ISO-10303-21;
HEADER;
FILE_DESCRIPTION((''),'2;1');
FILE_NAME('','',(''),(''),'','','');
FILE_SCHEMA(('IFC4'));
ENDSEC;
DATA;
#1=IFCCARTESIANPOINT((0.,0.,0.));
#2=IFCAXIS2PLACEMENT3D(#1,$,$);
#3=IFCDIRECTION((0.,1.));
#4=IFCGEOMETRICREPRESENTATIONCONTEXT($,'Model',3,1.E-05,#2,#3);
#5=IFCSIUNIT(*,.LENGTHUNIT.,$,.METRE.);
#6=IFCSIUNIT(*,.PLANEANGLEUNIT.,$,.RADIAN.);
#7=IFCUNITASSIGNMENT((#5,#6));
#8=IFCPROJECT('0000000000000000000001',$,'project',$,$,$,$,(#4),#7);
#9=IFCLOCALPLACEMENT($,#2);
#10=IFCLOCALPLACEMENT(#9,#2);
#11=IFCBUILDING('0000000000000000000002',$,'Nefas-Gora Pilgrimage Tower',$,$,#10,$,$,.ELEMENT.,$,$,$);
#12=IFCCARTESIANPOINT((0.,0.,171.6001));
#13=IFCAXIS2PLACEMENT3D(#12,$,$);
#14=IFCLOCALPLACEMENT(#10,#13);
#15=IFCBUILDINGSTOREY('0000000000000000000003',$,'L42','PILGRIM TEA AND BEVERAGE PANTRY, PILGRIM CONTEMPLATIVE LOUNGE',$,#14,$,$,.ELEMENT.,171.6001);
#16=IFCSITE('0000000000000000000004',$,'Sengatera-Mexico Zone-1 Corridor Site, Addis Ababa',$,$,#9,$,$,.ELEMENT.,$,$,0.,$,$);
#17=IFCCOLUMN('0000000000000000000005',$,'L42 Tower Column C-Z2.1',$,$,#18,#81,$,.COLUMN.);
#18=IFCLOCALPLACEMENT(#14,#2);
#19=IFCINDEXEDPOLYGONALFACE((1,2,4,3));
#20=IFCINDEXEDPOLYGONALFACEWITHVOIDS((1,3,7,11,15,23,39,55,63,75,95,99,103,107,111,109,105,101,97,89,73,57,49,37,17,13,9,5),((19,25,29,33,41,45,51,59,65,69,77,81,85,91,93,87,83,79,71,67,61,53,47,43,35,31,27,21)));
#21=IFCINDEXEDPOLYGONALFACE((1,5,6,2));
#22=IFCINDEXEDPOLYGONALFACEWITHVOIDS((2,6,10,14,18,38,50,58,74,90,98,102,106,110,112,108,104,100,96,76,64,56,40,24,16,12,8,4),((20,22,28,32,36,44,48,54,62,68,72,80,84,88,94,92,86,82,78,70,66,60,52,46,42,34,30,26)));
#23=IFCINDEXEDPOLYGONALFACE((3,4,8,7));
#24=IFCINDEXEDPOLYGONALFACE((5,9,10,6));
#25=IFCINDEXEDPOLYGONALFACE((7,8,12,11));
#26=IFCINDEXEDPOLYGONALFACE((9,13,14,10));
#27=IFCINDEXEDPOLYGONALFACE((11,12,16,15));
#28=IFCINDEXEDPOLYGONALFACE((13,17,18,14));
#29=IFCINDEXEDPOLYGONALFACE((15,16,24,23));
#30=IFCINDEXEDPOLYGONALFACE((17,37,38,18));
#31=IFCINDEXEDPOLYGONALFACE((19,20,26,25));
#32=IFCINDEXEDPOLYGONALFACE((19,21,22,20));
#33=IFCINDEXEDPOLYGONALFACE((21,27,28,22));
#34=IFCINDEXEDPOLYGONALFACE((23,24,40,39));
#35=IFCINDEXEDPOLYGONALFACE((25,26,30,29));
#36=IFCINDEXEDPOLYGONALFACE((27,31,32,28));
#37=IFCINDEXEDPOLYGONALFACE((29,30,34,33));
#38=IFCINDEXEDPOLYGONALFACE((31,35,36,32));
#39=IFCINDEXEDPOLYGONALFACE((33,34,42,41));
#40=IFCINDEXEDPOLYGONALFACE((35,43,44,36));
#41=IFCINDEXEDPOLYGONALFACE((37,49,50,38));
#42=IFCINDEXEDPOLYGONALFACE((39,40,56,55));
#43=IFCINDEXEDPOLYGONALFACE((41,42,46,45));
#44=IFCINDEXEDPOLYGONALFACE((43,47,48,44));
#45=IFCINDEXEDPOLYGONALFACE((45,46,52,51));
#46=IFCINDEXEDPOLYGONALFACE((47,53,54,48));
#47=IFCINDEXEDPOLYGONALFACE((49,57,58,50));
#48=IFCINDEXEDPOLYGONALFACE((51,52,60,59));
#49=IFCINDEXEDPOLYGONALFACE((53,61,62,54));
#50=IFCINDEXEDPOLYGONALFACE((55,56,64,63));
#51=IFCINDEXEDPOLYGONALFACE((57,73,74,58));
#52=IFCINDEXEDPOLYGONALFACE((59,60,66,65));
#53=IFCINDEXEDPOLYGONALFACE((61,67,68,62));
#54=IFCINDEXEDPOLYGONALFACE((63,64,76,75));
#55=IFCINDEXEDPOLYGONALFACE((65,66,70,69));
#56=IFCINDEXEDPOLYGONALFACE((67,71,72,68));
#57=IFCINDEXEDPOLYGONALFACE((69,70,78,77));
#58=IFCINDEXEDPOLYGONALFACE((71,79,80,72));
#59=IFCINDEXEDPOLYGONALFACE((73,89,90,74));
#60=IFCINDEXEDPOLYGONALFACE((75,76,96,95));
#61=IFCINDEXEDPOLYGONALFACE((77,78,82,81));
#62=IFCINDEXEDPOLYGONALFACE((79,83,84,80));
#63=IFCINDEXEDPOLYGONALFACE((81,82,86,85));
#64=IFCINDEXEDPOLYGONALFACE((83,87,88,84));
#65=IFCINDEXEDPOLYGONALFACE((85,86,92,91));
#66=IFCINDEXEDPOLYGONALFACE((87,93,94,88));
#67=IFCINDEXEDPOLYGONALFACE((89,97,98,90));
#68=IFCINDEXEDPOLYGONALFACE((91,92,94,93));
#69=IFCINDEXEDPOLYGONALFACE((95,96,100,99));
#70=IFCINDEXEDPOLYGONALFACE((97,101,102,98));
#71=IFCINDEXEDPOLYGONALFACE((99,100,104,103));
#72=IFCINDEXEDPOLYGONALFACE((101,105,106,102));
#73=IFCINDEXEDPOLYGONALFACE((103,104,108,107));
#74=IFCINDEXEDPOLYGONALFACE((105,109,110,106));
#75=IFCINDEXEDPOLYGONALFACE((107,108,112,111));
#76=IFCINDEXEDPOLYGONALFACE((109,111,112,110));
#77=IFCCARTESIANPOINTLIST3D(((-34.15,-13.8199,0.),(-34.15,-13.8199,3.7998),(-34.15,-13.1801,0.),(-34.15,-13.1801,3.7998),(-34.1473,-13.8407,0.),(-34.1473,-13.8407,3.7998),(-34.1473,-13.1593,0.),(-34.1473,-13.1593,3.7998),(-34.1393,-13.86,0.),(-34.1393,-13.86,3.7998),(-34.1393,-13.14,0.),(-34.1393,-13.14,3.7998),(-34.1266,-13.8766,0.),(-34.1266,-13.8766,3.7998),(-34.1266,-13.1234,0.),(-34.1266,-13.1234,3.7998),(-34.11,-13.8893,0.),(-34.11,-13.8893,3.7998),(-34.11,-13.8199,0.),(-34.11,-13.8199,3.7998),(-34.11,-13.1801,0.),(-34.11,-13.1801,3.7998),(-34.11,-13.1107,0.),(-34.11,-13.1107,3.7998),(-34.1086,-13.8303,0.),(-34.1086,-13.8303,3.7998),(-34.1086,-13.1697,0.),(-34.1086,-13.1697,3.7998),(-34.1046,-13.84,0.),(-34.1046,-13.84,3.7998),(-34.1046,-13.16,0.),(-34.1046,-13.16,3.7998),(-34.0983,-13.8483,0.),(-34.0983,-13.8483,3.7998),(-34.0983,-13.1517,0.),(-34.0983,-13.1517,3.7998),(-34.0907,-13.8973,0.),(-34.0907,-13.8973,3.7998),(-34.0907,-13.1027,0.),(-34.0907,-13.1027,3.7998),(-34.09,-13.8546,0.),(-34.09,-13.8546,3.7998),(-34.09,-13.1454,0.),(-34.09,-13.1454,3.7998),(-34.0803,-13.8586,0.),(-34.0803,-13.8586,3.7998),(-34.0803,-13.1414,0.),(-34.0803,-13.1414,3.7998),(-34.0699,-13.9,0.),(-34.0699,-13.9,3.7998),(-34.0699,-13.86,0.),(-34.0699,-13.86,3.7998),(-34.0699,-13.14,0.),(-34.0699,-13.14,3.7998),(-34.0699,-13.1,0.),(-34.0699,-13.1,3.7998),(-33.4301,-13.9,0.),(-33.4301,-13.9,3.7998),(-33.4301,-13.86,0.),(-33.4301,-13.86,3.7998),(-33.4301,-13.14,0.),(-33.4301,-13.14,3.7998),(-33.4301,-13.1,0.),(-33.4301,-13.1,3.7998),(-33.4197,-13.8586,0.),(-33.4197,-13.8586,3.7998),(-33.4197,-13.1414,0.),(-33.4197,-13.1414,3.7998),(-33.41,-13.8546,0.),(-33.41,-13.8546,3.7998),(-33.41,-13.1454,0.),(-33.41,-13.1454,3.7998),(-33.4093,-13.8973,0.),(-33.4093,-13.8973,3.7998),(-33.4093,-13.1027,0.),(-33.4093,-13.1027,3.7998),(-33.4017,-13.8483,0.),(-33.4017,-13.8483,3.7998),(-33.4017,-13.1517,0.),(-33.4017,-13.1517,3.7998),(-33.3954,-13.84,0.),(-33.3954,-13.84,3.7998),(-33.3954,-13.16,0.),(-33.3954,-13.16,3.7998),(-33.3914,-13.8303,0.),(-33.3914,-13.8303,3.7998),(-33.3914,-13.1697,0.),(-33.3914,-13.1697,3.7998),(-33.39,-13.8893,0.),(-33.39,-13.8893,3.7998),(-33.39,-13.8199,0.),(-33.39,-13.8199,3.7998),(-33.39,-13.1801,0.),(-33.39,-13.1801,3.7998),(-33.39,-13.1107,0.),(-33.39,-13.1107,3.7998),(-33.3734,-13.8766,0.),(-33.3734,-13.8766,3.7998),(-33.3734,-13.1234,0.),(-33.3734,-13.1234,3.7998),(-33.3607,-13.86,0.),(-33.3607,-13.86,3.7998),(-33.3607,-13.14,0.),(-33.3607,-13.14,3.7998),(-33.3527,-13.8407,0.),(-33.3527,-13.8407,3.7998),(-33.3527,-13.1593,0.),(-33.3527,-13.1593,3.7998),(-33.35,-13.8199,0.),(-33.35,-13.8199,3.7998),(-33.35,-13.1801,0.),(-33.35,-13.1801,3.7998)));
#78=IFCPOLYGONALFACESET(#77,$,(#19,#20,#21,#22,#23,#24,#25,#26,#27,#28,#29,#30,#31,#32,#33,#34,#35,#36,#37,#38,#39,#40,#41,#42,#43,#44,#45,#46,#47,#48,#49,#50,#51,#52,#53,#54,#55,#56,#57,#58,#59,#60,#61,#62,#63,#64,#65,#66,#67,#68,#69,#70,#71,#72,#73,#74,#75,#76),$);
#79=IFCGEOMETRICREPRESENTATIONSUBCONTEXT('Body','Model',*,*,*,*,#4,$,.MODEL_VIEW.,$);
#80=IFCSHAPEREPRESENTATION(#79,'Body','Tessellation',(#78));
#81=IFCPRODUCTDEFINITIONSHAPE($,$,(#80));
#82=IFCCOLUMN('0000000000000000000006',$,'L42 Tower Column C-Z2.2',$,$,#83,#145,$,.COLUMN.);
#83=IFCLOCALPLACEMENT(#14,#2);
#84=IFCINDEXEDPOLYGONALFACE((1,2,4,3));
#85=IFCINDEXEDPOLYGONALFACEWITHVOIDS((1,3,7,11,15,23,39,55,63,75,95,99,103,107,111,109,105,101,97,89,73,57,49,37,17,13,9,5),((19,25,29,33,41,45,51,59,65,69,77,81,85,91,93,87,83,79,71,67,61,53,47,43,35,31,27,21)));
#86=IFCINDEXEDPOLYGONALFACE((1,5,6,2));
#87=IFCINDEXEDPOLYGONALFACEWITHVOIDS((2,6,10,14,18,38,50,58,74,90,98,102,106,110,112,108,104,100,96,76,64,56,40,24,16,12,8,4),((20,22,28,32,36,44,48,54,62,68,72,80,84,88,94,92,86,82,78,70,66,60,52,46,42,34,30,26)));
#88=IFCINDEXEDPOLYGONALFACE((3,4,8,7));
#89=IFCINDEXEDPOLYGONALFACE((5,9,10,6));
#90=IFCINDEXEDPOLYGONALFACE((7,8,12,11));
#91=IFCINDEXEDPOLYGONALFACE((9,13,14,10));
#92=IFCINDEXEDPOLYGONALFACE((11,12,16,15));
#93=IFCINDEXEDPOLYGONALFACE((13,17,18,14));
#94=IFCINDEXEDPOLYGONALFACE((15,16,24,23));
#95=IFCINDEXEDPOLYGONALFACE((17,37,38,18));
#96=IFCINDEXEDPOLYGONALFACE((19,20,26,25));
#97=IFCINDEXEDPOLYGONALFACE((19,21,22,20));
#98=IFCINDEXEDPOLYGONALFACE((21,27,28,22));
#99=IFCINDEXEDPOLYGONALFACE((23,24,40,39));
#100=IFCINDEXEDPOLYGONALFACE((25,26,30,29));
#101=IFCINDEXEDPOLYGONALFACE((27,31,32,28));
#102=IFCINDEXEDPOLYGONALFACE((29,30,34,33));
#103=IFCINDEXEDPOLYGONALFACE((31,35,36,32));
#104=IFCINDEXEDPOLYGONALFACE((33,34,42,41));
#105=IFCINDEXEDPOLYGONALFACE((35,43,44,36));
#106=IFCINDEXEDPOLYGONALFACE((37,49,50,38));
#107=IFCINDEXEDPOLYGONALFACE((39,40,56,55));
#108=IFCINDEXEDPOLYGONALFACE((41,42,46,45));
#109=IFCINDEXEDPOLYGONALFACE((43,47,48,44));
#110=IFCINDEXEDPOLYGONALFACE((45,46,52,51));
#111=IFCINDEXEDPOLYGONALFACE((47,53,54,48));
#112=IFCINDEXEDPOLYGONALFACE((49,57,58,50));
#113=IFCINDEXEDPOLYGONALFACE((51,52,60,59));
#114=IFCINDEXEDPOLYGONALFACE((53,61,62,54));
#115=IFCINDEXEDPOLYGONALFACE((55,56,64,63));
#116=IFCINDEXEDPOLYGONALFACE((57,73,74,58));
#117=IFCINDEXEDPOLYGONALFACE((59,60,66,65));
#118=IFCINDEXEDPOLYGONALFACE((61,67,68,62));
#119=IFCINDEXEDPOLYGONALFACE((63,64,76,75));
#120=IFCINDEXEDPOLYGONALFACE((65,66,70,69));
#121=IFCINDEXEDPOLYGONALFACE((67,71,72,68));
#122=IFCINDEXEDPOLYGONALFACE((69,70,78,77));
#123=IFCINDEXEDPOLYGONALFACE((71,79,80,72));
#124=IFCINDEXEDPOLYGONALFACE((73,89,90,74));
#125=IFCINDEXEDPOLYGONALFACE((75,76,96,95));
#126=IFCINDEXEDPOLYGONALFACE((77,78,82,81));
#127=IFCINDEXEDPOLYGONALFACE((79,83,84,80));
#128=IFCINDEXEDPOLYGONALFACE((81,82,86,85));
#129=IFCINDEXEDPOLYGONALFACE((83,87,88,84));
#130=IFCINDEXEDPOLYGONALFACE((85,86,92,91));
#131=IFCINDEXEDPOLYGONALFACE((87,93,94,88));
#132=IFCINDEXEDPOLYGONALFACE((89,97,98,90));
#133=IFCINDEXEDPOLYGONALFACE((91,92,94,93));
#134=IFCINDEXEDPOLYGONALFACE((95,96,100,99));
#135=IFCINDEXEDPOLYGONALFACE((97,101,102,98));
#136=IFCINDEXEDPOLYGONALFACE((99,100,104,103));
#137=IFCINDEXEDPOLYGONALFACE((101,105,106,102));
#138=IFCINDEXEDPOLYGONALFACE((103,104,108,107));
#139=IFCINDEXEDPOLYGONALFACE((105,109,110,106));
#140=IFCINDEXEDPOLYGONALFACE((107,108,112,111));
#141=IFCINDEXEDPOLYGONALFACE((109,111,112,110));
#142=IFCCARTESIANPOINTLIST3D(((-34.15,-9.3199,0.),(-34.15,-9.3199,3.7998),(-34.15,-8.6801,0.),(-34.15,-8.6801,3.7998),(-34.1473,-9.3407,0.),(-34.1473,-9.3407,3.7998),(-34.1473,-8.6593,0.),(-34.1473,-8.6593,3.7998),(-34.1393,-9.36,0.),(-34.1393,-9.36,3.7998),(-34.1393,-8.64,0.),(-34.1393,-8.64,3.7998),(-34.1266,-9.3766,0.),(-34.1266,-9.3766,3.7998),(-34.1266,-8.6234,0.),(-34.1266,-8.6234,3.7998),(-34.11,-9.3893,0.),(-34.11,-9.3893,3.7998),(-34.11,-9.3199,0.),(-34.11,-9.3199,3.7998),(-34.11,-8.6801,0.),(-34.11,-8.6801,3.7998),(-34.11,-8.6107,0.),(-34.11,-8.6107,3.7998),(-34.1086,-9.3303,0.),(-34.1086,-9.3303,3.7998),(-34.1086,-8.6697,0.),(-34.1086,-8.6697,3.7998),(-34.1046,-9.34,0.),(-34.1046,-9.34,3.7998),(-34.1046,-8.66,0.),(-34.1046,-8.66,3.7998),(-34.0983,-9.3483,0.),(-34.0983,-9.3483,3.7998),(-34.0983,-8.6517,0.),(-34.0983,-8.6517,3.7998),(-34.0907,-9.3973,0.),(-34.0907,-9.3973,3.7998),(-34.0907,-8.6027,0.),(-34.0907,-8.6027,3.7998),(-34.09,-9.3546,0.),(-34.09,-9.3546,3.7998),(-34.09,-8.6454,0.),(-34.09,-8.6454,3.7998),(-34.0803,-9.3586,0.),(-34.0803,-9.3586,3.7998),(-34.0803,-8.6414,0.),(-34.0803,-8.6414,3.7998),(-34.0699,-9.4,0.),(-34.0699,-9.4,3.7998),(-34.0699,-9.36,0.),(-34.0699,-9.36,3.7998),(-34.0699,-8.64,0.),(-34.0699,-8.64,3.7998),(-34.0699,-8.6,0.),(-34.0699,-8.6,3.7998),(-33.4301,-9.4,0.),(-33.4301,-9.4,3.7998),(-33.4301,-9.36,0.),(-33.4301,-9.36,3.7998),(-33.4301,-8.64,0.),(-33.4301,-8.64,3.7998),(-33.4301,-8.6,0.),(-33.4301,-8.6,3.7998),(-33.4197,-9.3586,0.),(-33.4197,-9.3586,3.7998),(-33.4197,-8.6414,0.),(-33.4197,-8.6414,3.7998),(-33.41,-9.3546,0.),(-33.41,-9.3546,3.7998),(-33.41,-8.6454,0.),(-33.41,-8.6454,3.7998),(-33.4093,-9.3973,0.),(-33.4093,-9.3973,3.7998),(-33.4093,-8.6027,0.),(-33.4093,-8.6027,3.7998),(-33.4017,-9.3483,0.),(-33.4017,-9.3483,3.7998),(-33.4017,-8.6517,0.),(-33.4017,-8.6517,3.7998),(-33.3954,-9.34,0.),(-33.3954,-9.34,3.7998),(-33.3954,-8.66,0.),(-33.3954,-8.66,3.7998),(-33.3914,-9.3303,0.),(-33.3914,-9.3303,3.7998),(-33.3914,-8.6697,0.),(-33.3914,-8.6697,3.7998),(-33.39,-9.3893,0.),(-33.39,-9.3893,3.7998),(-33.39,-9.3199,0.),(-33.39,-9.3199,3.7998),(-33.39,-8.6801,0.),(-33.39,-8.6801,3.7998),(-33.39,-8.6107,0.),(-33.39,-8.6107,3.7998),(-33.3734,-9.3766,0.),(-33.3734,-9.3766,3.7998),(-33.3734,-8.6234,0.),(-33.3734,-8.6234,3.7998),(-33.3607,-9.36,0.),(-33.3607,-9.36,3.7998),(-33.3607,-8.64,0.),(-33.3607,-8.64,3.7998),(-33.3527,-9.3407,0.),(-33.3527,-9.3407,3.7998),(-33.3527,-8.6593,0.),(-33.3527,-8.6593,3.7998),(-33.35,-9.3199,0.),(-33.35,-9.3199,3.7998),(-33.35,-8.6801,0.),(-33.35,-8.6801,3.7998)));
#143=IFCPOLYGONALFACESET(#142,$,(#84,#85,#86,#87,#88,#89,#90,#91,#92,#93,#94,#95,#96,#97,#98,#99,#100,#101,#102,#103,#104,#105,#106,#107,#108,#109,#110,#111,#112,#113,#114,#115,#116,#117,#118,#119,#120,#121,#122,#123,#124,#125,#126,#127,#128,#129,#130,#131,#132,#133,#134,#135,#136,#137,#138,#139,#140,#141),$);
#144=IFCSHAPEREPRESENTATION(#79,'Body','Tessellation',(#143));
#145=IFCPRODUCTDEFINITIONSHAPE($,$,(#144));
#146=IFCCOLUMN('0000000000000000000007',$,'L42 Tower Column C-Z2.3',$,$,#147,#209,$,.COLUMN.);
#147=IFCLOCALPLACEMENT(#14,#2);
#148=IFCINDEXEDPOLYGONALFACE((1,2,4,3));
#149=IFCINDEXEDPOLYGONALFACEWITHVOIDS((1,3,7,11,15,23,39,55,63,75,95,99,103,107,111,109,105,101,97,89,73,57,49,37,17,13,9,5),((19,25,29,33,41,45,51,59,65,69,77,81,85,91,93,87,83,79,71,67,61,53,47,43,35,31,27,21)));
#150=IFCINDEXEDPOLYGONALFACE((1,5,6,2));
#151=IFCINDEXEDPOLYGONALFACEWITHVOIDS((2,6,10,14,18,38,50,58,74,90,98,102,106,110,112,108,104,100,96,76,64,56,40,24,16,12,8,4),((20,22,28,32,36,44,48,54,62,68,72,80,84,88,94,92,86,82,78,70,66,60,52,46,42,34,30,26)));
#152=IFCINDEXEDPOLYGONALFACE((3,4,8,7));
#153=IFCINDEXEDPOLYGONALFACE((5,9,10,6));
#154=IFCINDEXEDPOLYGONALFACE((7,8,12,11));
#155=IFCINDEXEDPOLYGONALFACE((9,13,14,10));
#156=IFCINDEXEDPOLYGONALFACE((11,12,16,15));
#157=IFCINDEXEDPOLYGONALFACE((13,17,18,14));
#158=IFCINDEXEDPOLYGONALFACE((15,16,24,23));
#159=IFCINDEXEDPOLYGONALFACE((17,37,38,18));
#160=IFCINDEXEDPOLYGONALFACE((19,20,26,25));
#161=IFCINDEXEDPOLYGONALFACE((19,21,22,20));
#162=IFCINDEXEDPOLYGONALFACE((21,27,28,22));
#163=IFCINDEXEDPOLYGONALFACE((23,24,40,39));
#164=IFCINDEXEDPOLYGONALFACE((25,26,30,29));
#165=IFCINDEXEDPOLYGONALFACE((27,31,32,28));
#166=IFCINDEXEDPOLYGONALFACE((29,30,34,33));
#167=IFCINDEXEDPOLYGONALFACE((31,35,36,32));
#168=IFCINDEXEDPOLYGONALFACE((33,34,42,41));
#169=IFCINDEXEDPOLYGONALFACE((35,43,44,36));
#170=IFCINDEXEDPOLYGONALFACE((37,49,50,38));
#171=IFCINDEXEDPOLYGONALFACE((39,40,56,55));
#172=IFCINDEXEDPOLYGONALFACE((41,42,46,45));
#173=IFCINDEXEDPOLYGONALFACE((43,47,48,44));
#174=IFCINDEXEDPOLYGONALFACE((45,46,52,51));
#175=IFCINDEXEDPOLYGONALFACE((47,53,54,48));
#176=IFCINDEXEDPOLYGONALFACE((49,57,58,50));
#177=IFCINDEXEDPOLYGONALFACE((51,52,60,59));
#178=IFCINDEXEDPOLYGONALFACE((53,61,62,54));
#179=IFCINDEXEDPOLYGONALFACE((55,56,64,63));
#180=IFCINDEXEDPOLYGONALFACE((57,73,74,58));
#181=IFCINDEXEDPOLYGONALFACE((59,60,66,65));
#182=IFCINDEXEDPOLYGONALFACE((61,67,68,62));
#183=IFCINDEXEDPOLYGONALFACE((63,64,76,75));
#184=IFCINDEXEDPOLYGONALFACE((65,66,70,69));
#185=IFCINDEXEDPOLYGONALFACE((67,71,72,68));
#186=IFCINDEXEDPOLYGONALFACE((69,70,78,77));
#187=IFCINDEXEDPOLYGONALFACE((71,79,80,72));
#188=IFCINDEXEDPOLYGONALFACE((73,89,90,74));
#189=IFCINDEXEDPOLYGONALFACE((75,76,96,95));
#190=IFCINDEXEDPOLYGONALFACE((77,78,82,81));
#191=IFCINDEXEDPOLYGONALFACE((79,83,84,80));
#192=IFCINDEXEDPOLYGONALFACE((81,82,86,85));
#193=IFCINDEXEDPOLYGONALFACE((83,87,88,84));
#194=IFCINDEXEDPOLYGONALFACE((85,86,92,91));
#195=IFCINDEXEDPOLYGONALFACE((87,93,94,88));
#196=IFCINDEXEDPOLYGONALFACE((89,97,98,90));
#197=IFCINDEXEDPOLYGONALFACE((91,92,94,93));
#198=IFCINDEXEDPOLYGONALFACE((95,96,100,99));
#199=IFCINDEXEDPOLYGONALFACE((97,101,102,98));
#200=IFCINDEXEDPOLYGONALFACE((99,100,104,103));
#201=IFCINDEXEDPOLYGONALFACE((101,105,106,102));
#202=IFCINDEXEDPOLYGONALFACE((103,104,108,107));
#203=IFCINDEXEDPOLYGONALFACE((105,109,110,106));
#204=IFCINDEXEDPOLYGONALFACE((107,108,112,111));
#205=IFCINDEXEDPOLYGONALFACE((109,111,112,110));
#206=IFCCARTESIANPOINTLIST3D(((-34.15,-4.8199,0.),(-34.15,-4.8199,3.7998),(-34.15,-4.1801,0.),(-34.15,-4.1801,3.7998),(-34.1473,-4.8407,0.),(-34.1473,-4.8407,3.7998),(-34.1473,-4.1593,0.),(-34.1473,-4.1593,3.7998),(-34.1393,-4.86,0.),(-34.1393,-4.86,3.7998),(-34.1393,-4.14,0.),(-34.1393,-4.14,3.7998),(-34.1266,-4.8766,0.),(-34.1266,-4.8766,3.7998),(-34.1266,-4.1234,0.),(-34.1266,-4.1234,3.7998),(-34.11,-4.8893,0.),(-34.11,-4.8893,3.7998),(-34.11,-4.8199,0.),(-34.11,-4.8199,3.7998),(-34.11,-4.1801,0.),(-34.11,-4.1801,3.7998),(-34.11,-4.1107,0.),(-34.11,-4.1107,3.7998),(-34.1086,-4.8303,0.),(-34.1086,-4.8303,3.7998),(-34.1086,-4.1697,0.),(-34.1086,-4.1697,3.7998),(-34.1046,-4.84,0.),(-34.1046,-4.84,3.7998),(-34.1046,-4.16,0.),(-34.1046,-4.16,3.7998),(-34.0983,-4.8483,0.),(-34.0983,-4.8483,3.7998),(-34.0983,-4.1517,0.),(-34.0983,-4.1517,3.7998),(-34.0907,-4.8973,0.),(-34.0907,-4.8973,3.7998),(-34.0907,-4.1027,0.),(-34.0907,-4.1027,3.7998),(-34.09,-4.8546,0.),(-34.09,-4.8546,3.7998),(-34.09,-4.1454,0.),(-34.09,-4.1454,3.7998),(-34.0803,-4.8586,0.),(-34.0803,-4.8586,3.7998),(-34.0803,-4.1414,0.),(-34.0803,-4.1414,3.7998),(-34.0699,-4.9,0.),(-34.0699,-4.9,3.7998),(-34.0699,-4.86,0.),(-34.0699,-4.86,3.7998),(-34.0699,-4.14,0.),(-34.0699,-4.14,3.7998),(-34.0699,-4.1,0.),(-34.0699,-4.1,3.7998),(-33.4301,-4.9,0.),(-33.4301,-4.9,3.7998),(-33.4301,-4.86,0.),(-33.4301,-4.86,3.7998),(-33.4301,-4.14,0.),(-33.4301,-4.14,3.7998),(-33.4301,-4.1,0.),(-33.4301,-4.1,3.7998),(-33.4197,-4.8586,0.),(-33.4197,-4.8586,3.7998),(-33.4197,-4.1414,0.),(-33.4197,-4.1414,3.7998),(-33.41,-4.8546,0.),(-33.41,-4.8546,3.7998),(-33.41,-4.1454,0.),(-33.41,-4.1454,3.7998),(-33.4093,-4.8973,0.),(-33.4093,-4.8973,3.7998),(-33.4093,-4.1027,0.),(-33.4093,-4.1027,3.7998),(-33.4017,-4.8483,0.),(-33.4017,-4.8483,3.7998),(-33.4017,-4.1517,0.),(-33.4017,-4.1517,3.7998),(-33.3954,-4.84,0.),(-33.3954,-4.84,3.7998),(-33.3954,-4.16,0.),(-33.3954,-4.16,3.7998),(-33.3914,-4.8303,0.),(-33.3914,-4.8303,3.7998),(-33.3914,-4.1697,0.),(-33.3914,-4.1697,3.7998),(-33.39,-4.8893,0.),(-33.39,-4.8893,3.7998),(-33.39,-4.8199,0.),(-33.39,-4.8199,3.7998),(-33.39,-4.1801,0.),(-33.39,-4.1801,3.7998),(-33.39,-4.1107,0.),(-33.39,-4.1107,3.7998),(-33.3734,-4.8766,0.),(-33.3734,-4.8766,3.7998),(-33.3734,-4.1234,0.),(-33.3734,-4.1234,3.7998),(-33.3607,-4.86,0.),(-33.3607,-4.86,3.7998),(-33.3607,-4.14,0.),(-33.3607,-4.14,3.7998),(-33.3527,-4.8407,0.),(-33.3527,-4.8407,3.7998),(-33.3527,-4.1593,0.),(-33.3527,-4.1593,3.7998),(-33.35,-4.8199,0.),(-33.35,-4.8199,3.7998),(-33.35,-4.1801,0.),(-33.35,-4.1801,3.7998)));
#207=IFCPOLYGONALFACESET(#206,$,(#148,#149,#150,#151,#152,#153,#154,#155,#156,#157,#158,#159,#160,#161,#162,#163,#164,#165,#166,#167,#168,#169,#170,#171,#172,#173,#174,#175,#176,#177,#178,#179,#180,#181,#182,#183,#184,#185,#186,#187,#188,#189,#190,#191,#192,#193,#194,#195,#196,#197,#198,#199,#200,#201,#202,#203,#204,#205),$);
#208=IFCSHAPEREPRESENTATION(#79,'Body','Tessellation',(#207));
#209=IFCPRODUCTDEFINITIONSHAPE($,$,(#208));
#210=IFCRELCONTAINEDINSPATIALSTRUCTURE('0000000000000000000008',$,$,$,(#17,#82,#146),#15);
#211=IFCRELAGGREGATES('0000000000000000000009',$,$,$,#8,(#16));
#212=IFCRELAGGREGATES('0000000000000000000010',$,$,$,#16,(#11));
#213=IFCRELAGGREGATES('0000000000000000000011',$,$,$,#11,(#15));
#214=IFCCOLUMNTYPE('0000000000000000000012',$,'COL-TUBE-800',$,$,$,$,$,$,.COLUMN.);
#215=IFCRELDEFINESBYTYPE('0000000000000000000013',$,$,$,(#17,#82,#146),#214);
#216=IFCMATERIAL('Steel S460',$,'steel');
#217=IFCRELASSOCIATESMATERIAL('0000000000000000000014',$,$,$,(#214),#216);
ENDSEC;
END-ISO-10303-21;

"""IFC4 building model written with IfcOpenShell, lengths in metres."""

from ifc_helpers import new_model, si_unit, direction, frame, origin, origin_2d, place, context, subcontext, project, spatial, hollow_rectangle, extrude, source, transform, mapped, material, material_profile, profile_set, type_object, element, save


model = new_model("IFC4")

# Units and contexts
model_context = context("Model", 3, precision=1e-05, world=origin(), true_north=direction((0.0, 1.0)))
body_context = subcontext(model_context, "Body", "Model", "MODEL_VIEW")
ifc_project = project(units=[si_unit("LENGTHUNIT", "METRE"), si_unit("PLANEANGLEUNIT", "RADIAN")], contexts=[model_context])

# Site, building, storey
site_placement = place(None, origin())
site = spatial("IfcSite", under=ifc_project, at=site_placement, Name="Sengatera-Mexico Zone-1 Corridor Site, Addis Ababa", CompositionType="ELEMENT", RefElevation=0.0)
building_placement = place(site_placement, origin())
building = spatial("IfcBuilding", under=site, at=building_placement, Name="Nefas-Gora Pilgrimage Tower", CompositionType="ELEMENT")
storey_placement = place(building_placement, frame((0.0, 0.0, 171.6001)))
storey = spatial("IfcBuildingStorey", under=building, at=storey_placement, Name="L42", Description="PILGRIM TEA AND BEVERAGE PANTRY, PILGRIM CONTEMPLATIVE LOUNGE", CompositionType="ELEMENT", Elevation=171.6001)

# Columns
ifc_material_1 = material(Name="Steel S460", Category="steel")
ifc_material_profile_1 = material_profile(ifc_material_1, hollow_rectangle(XDim=0.8, YDim=0.8, WallThickness=0.04, InnerFilletRadius=0.04, OuterFilletRadius=0.0801, at=origin_2d()), Name="BOX 800x800x40")
ifc_profile_set_1 = profile_set([ifc_material_profile_1], Name="Steel S460")
column_type_1 = type_object("IfcColumnType", Name="COL-TUBE-800", PredefinedType="COLUMN", material=ifc_profile_set_1)
shared_shape_1 = source(origin(), body_context, "Body", "SweptSolid", [
    extrude(hollow_rectangle(XDim=0.8, YDim=0.8, WallThickness=0.04, InnerFilletRadius=0.04, OuterFilletRadius=0.0801, at=origin_2d()), origin(), (0.0, 0.0, 1.0), 3.7998),
])
for number, where, z_axis, x_axis, name in (
    (1, (-33.75, -13.5, 0.0), (0.0, 0.0, 1.0), (1.0, 0.0, 0.0), "L42 Tower Column C-Z2.1"),
    (2, (-33.75, -9.0, 0.0), (0.0, 0.0, 1.0), (1.0, 0.0, 0.0), "L42 Tower Column C-Z2.2"),
    (3, (-33.75, -4.5, 0.0), (0.0, 0.0, 1.0), (1.0, 0.0, 0.0), "L42 Tower Column C-Z2.3"),
):
    element("IfcColumn", number, at=place(storey_placement, frame(where, z_axis=z_axis, x_axis=x_axis)), inside=storey, type_object=column_type_1, Name=name, PredefinedType="COLUMN", context=body_context, shape_type="MappedRepresentation", body=[
        mapped(shared_shape_1, transform((0.0, 0.0, 0.0), x_axis=(1.0, 0.0, 0.0), y_axis=(0.0, 1.0, 0.0), z_axis=(0.0, 0.0, 1.0), scale=1.0)),
    ])

save(model, "model.ifc")
